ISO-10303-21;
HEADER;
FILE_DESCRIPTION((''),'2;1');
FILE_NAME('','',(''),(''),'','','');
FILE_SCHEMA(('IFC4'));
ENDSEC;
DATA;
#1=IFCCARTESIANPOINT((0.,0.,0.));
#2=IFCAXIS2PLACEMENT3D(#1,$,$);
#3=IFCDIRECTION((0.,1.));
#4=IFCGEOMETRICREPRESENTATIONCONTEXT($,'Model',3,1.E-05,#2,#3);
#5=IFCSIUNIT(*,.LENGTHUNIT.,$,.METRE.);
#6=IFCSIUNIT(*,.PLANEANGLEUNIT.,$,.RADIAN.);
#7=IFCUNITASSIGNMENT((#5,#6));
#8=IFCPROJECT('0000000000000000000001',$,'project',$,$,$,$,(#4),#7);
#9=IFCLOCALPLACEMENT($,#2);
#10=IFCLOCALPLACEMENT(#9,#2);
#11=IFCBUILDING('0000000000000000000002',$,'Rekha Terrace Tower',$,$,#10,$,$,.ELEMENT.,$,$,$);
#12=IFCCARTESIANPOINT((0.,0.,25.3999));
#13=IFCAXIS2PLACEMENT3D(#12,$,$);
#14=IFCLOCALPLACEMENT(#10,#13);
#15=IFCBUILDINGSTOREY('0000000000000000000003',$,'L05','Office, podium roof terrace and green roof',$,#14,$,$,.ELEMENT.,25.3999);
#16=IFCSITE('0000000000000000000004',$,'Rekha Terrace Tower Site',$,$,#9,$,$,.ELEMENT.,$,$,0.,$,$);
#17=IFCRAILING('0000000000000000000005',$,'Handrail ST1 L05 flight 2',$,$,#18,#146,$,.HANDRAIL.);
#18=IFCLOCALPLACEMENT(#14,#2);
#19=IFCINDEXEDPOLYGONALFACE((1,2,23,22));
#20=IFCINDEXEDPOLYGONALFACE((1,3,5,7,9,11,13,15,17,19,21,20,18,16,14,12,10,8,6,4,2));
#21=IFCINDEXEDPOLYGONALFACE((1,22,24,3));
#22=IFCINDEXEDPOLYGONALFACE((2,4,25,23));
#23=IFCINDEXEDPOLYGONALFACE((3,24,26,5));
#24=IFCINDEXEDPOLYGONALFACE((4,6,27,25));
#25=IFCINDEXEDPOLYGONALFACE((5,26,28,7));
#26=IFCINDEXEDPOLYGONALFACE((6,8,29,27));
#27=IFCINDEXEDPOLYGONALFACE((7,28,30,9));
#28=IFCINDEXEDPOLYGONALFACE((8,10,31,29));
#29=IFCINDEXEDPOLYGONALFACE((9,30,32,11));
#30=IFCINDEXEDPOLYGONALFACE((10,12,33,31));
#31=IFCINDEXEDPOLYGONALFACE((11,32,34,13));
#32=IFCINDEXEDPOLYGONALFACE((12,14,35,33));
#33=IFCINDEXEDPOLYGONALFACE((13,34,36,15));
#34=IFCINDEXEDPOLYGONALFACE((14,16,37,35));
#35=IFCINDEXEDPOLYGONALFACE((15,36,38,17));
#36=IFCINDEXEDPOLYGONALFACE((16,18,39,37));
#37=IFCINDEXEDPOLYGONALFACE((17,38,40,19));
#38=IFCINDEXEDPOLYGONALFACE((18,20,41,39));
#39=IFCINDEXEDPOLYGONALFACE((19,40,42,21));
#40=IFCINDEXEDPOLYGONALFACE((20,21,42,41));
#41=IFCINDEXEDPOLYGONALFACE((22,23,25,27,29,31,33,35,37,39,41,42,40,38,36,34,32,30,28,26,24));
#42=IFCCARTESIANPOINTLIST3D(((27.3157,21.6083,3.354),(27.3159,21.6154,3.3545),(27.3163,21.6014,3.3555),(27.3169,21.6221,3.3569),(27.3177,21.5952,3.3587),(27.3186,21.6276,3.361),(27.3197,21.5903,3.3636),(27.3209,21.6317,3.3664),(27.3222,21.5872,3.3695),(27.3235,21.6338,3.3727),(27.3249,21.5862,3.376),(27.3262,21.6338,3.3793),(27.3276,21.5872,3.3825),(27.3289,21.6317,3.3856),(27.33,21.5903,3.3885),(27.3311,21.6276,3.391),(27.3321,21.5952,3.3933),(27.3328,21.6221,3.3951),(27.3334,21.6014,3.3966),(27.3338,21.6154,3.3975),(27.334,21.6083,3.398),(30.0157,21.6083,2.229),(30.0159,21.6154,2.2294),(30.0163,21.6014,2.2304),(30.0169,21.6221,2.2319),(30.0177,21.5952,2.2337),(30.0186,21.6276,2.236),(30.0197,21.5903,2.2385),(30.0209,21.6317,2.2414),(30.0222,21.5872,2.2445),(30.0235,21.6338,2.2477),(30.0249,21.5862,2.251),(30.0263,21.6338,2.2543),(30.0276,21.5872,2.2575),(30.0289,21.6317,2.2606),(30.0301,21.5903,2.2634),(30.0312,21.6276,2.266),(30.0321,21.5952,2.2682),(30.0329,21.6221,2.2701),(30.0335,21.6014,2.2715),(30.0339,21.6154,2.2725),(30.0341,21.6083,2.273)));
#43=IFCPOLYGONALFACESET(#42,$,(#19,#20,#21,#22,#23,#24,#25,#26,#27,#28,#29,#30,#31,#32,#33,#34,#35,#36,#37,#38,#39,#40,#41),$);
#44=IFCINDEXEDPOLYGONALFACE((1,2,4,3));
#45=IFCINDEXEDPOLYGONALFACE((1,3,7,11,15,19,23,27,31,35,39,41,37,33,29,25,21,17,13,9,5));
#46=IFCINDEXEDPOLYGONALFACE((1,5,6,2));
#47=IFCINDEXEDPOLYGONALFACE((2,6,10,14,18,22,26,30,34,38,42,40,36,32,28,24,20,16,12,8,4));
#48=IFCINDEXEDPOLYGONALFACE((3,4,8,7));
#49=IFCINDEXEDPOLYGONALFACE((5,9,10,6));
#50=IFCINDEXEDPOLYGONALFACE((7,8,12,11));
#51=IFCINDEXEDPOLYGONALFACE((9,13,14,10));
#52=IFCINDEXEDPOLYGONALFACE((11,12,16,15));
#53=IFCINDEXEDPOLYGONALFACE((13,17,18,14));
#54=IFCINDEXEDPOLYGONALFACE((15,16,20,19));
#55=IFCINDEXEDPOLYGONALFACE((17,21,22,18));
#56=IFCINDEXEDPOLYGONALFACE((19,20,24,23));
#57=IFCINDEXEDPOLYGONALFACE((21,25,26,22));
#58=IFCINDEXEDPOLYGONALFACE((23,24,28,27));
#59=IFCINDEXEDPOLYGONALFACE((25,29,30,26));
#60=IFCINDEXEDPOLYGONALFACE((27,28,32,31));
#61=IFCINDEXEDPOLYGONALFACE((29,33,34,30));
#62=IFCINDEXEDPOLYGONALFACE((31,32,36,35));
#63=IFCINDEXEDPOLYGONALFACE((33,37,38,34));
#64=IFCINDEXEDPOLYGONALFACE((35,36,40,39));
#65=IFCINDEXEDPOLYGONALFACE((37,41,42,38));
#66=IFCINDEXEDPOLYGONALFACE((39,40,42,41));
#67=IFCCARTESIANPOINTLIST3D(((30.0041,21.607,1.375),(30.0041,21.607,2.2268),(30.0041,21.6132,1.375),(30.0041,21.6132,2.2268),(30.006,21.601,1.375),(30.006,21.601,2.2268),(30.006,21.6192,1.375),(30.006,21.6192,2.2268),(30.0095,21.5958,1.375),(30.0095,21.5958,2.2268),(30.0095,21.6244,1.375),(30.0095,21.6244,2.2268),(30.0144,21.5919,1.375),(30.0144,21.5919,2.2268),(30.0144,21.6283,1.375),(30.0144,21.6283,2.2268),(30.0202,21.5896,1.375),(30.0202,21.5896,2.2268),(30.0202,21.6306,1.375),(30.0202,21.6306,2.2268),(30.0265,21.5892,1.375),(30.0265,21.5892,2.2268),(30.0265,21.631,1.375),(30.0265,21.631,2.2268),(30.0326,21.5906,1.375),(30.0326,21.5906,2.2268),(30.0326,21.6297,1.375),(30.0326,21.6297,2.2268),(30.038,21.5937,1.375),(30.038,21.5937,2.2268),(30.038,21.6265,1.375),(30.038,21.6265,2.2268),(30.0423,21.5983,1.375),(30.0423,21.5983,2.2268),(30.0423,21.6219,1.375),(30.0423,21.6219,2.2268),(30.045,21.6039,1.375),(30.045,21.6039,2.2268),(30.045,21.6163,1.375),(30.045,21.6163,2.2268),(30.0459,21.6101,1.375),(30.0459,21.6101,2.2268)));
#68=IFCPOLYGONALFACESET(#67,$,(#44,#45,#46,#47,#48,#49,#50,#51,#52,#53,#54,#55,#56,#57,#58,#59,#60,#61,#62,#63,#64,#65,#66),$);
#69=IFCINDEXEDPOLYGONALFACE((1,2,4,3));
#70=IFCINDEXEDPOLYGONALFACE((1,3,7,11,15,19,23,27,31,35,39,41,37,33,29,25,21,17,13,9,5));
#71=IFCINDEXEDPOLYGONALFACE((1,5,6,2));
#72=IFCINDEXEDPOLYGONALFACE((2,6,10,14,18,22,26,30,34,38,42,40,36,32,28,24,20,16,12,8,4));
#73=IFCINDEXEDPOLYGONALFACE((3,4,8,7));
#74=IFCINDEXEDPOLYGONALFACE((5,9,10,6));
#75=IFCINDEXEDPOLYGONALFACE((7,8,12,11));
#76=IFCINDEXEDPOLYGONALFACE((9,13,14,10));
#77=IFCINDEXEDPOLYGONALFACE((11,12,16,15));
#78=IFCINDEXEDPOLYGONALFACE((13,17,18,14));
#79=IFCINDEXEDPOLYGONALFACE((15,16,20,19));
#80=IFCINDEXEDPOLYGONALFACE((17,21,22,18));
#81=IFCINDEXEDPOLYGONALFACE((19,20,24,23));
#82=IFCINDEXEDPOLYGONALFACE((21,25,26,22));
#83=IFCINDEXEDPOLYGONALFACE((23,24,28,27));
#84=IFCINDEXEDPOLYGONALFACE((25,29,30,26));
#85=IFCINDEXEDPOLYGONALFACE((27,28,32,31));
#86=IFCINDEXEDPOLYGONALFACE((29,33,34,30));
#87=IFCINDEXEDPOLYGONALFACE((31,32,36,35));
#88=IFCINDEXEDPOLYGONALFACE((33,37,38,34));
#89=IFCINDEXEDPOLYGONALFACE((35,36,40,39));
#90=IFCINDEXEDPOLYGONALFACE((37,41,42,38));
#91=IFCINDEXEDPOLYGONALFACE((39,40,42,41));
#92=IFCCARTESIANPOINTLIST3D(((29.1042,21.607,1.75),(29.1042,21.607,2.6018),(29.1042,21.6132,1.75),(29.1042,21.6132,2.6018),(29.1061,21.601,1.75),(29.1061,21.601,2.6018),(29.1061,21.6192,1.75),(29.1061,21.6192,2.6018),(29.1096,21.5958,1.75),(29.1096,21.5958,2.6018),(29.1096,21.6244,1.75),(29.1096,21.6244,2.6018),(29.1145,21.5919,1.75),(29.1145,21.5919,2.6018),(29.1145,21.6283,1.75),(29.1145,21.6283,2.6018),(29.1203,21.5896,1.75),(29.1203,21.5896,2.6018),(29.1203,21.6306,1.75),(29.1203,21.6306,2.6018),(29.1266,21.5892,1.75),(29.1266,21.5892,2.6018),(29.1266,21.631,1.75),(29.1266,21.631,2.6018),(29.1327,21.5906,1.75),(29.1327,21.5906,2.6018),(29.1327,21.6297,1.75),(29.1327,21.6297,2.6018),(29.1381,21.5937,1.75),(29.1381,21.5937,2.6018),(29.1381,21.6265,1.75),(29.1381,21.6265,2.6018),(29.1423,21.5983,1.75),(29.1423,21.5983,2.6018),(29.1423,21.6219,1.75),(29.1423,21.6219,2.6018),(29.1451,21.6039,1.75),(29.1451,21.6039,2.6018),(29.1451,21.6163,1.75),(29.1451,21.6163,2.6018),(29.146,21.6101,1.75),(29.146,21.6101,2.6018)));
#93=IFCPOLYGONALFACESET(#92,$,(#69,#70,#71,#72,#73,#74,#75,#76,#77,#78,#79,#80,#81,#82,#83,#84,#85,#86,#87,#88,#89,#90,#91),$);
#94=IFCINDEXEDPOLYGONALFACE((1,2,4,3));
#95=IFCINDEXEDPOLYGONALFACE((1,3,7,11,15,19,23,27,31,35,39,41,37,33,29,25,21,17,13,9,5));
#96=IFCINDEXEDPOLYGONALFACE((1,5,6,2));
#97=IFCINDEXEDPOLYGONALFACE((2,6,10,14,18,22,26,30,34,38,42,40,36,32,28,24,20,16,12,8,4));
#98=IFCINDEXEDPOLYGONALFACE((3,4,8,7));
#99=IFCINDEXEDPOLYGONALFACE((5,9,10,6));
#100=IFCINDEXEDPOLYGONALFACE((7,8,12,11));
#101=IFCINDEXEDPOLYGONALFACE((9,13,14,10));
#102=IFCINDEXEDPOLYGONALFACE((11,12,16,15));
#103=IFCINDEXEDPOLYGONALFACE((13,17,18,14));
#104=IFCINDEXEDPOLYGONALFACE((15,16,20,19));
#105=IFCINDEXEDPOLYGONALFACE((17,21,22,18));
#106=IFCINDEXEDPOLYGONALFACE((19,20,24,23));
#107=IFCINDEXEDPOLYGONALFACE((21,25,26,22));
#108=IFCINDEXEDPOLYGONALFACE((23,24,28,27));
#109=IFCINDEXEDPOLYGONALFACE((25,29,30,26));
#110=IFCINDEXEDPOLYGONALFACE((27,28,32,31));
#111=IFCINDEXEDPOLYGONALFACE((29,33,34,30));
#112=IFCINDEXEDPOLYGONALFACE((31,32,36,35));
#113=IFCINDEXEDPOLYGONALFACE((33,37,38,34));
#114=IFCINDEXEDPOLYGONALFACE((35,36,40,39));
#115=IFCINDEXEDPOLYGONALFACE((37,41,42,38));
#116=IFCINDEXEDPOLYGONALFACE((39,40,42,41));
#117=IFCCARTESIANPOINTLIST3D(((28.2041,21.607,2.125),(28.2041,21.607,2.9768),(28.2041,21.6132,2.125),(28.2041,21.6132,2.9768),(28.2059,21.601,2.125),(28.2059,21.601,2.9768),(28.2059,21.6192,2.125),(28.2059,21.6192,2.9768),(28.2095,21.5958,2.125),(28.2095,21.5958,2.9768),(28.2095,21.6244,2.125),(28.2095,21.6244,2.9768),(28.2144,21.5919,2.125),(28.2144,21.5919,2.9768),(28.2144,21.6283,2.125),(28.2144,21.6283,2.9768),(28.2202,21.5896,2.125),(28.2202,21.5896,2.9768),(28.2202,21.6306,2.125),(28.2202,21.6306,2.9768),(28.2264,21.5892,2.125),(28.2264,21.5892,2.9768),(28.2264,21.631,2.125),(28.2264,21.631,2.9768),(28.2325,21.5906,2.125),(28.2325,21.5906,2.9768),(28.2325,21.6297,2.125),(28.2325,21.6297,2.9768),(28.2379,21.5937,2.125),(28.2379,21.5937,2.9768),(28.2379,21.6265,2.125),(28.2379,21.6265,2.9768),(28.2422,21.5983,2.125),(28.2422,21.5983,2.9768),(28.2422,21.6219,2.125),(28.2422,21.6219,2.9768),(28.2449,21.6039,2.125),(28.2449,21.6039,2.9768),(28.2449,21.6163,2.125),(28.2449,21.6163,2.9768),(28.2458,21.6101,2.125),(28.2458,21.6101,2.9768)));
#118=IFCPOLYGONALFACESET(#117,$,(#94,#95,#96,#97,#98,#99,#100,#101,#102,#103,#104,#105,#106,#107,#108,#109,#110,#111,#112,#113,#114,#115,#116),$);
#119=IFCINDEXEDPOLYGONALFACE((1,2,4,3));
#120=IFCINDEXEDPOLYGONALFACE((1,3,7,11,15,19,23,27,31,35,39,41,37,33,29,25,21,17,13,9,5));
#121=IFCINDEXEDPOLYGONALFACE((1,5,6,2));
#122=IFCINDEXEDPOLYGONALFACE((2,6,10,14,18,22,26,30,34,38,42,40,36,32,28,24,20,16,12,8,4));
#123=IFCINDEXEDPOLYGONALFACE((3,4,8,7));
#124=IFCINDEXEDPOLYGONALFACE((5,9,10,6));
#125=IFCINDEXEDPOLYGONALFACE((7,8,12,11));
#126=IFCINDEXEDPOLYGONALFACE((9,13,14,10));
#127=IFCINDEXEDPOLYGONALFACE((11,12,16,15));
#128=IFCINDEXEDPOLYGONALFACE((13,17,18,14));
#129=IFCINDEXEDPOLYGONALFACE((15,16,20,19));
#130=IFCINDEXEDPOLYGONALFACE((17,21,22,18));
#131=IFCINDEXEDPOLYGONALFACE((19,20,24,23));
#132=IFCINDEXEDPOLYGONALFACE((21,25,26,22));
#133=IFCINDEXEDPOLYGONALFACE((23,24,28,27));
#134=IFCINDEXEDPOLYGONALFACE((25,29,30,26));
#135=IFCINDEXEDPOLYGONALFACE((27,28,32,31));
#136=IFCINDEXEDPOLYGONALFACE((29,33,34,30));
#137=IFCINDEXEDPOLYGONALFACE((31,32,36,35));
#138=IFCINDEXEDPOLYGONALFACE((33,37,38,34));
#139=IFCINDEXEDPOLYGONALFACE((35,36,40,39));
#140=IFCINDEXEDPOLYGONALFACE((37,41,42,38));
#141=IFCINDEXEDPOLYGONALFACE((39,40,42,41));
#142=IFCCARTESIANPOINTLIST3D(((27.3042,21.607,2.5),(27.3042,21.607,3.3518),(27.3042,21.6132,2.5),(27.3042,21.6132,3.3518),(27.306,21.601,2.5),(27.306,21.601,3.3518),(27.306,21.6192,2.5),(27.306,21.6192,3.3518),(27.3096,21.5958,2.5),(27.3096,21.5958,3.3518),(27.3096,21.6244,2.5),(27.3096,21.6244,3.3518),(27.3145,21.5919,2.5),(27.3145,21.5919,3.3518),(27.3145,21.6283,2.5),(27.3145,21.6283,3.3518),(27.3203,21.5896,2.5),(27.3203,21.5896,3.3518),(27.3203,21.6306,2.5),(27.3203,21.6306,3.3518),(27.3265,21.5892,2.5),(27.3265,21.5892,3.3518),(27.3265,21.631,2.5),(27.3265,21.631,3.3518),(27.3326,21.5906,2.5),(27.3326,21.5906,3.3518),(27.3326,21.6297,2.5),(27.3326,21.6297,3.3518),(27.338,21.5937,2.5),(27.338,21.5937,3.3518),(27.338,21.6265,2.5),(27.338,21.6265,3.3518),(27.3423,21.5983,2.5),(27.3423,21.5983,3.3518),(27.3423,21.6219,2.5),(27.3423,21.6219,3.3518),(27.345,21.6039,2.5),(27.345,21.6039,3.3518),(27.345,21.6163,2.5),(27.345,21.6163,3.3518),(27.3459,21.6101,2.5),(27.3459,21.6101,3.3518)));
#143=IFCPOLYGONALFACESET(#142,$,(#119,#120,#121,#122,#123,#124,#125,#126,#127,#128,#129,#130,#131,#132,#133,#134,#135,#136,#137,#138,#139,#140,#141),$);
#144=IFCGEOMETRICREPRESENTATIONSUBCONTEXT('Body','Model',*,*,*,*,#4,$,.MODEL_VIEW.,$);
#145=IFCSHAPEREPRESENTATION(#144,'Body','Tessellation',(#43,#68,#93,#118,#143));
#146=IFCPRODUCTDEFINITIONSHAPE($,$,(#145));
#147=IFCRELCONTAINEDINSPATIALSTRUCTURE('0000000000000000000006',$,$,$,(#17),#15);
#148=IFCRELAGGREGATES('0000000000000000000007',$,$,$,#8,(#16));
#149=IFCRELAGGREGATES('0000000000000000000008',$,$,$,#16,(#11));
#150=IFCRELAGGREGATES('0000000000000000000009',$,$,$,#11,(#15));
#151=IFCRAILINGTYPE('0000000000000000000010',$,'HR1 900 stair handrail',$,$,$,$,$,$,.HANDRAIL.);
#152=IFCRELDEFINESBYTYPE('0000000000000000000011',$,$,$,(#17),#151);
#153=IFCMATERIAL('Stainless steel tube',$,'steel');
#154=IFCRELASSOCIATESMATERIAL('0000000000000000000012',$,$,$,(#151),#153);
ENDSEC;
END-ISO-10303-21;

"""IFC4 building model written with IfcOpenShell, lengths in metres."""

from ifc_helpers import new_model, si_unit, direction, frame, origin, origin_2d, place, context, subcontext, project, spatial, circle, extrude, material, type_object, element, save


model = new_model("IFC4")

# Units and contexts
model_context = context("Model", 3, precision=1e-05, world=origin(), true_north=direction((0.0, 1.0)))
body_context = subcontext(model_context, "Body", "Model", "MODEL_VIEW")
ifc_project = project(units=[si_unit("LENGTHUNIT", "METRE"), si_unit("PLANEANGLEUNIT", "RADIAN")], contexts=[model_context])

# Site, building, storey
site_placement = place(None, origin())
site = spatial("IfcSite", under=ifc_project, at=site_placement, Name="Rekha Terrace Tower Site", CompositionType="ELEMENT", RefElevation=0.0)
building_placement = place(site_placement, origin())
building = spatial("IfcBuilding", under=site, at=building_placement, Name="Rekha Terrace Tower", CompositionType="ELEMENT")
storey_placement = place(building_placement, frame((0.0, 0.0, 25.3999)))
storey = spatial("IfcBuildingStorey", under=building, at=storey_placement, Name="L05", Description="Office, podium roof terrace and green roof", CompositionType="ELEMENT", Elevation=25.3999)

# Railing
ifc_material_1 = material(Name="Stainless steel tube", Category="steel")
railing_type_1 = type_object("IfcRailingType", Name="HR1 900 stair handrail", PredefinedType="HANDRAIL", material=ifc_material_1)
railing_1_placement = place(storey_placement, frame((30.0249, 21.6101, 1.375)))
element("IfcRailing", 1, at=railing_1_placement, inside=storey, type_object=railing_type_1, Name="Handrail ST1 L05 flight 2", PredefinedType="HANDRAIL", context=body_context, shape_type="SweptSolid", body=[
    extrude(circle(Radius=0.0239, at=origin_2d()), frame((0.0, 0.0, 0.876), z_axis=(-0.923074, 0.0, 0.384621), x_axis=(0.0, -1.0, 0.0)), (0.0, 0.0, 1.0), 2.925),
    extrude(circle(Radius=0.021, at=origin_2d()), origin(), (0.0, 0.0, 1.0), 0.8518),
    extrude(circle(Radius=0.021, at=origin_2d()), frame((-0.8999, 0.0, 0.375)), (0.0, 0.0, 1.0), 0.8518),
    extrude(circle(Radius=0.021, at=origin_2d()), frame((-1.8, 0.0, 0.75)), (0.0, 0.0, 1.0), 0.8518),
    extrude(circle(Radius=0.021, at=origin_2d()), frame((-2.7, 0.0, 1.125)), (0.0, 0.0, 1.0), 0.8518),
])

save(model, "model.ifc")
